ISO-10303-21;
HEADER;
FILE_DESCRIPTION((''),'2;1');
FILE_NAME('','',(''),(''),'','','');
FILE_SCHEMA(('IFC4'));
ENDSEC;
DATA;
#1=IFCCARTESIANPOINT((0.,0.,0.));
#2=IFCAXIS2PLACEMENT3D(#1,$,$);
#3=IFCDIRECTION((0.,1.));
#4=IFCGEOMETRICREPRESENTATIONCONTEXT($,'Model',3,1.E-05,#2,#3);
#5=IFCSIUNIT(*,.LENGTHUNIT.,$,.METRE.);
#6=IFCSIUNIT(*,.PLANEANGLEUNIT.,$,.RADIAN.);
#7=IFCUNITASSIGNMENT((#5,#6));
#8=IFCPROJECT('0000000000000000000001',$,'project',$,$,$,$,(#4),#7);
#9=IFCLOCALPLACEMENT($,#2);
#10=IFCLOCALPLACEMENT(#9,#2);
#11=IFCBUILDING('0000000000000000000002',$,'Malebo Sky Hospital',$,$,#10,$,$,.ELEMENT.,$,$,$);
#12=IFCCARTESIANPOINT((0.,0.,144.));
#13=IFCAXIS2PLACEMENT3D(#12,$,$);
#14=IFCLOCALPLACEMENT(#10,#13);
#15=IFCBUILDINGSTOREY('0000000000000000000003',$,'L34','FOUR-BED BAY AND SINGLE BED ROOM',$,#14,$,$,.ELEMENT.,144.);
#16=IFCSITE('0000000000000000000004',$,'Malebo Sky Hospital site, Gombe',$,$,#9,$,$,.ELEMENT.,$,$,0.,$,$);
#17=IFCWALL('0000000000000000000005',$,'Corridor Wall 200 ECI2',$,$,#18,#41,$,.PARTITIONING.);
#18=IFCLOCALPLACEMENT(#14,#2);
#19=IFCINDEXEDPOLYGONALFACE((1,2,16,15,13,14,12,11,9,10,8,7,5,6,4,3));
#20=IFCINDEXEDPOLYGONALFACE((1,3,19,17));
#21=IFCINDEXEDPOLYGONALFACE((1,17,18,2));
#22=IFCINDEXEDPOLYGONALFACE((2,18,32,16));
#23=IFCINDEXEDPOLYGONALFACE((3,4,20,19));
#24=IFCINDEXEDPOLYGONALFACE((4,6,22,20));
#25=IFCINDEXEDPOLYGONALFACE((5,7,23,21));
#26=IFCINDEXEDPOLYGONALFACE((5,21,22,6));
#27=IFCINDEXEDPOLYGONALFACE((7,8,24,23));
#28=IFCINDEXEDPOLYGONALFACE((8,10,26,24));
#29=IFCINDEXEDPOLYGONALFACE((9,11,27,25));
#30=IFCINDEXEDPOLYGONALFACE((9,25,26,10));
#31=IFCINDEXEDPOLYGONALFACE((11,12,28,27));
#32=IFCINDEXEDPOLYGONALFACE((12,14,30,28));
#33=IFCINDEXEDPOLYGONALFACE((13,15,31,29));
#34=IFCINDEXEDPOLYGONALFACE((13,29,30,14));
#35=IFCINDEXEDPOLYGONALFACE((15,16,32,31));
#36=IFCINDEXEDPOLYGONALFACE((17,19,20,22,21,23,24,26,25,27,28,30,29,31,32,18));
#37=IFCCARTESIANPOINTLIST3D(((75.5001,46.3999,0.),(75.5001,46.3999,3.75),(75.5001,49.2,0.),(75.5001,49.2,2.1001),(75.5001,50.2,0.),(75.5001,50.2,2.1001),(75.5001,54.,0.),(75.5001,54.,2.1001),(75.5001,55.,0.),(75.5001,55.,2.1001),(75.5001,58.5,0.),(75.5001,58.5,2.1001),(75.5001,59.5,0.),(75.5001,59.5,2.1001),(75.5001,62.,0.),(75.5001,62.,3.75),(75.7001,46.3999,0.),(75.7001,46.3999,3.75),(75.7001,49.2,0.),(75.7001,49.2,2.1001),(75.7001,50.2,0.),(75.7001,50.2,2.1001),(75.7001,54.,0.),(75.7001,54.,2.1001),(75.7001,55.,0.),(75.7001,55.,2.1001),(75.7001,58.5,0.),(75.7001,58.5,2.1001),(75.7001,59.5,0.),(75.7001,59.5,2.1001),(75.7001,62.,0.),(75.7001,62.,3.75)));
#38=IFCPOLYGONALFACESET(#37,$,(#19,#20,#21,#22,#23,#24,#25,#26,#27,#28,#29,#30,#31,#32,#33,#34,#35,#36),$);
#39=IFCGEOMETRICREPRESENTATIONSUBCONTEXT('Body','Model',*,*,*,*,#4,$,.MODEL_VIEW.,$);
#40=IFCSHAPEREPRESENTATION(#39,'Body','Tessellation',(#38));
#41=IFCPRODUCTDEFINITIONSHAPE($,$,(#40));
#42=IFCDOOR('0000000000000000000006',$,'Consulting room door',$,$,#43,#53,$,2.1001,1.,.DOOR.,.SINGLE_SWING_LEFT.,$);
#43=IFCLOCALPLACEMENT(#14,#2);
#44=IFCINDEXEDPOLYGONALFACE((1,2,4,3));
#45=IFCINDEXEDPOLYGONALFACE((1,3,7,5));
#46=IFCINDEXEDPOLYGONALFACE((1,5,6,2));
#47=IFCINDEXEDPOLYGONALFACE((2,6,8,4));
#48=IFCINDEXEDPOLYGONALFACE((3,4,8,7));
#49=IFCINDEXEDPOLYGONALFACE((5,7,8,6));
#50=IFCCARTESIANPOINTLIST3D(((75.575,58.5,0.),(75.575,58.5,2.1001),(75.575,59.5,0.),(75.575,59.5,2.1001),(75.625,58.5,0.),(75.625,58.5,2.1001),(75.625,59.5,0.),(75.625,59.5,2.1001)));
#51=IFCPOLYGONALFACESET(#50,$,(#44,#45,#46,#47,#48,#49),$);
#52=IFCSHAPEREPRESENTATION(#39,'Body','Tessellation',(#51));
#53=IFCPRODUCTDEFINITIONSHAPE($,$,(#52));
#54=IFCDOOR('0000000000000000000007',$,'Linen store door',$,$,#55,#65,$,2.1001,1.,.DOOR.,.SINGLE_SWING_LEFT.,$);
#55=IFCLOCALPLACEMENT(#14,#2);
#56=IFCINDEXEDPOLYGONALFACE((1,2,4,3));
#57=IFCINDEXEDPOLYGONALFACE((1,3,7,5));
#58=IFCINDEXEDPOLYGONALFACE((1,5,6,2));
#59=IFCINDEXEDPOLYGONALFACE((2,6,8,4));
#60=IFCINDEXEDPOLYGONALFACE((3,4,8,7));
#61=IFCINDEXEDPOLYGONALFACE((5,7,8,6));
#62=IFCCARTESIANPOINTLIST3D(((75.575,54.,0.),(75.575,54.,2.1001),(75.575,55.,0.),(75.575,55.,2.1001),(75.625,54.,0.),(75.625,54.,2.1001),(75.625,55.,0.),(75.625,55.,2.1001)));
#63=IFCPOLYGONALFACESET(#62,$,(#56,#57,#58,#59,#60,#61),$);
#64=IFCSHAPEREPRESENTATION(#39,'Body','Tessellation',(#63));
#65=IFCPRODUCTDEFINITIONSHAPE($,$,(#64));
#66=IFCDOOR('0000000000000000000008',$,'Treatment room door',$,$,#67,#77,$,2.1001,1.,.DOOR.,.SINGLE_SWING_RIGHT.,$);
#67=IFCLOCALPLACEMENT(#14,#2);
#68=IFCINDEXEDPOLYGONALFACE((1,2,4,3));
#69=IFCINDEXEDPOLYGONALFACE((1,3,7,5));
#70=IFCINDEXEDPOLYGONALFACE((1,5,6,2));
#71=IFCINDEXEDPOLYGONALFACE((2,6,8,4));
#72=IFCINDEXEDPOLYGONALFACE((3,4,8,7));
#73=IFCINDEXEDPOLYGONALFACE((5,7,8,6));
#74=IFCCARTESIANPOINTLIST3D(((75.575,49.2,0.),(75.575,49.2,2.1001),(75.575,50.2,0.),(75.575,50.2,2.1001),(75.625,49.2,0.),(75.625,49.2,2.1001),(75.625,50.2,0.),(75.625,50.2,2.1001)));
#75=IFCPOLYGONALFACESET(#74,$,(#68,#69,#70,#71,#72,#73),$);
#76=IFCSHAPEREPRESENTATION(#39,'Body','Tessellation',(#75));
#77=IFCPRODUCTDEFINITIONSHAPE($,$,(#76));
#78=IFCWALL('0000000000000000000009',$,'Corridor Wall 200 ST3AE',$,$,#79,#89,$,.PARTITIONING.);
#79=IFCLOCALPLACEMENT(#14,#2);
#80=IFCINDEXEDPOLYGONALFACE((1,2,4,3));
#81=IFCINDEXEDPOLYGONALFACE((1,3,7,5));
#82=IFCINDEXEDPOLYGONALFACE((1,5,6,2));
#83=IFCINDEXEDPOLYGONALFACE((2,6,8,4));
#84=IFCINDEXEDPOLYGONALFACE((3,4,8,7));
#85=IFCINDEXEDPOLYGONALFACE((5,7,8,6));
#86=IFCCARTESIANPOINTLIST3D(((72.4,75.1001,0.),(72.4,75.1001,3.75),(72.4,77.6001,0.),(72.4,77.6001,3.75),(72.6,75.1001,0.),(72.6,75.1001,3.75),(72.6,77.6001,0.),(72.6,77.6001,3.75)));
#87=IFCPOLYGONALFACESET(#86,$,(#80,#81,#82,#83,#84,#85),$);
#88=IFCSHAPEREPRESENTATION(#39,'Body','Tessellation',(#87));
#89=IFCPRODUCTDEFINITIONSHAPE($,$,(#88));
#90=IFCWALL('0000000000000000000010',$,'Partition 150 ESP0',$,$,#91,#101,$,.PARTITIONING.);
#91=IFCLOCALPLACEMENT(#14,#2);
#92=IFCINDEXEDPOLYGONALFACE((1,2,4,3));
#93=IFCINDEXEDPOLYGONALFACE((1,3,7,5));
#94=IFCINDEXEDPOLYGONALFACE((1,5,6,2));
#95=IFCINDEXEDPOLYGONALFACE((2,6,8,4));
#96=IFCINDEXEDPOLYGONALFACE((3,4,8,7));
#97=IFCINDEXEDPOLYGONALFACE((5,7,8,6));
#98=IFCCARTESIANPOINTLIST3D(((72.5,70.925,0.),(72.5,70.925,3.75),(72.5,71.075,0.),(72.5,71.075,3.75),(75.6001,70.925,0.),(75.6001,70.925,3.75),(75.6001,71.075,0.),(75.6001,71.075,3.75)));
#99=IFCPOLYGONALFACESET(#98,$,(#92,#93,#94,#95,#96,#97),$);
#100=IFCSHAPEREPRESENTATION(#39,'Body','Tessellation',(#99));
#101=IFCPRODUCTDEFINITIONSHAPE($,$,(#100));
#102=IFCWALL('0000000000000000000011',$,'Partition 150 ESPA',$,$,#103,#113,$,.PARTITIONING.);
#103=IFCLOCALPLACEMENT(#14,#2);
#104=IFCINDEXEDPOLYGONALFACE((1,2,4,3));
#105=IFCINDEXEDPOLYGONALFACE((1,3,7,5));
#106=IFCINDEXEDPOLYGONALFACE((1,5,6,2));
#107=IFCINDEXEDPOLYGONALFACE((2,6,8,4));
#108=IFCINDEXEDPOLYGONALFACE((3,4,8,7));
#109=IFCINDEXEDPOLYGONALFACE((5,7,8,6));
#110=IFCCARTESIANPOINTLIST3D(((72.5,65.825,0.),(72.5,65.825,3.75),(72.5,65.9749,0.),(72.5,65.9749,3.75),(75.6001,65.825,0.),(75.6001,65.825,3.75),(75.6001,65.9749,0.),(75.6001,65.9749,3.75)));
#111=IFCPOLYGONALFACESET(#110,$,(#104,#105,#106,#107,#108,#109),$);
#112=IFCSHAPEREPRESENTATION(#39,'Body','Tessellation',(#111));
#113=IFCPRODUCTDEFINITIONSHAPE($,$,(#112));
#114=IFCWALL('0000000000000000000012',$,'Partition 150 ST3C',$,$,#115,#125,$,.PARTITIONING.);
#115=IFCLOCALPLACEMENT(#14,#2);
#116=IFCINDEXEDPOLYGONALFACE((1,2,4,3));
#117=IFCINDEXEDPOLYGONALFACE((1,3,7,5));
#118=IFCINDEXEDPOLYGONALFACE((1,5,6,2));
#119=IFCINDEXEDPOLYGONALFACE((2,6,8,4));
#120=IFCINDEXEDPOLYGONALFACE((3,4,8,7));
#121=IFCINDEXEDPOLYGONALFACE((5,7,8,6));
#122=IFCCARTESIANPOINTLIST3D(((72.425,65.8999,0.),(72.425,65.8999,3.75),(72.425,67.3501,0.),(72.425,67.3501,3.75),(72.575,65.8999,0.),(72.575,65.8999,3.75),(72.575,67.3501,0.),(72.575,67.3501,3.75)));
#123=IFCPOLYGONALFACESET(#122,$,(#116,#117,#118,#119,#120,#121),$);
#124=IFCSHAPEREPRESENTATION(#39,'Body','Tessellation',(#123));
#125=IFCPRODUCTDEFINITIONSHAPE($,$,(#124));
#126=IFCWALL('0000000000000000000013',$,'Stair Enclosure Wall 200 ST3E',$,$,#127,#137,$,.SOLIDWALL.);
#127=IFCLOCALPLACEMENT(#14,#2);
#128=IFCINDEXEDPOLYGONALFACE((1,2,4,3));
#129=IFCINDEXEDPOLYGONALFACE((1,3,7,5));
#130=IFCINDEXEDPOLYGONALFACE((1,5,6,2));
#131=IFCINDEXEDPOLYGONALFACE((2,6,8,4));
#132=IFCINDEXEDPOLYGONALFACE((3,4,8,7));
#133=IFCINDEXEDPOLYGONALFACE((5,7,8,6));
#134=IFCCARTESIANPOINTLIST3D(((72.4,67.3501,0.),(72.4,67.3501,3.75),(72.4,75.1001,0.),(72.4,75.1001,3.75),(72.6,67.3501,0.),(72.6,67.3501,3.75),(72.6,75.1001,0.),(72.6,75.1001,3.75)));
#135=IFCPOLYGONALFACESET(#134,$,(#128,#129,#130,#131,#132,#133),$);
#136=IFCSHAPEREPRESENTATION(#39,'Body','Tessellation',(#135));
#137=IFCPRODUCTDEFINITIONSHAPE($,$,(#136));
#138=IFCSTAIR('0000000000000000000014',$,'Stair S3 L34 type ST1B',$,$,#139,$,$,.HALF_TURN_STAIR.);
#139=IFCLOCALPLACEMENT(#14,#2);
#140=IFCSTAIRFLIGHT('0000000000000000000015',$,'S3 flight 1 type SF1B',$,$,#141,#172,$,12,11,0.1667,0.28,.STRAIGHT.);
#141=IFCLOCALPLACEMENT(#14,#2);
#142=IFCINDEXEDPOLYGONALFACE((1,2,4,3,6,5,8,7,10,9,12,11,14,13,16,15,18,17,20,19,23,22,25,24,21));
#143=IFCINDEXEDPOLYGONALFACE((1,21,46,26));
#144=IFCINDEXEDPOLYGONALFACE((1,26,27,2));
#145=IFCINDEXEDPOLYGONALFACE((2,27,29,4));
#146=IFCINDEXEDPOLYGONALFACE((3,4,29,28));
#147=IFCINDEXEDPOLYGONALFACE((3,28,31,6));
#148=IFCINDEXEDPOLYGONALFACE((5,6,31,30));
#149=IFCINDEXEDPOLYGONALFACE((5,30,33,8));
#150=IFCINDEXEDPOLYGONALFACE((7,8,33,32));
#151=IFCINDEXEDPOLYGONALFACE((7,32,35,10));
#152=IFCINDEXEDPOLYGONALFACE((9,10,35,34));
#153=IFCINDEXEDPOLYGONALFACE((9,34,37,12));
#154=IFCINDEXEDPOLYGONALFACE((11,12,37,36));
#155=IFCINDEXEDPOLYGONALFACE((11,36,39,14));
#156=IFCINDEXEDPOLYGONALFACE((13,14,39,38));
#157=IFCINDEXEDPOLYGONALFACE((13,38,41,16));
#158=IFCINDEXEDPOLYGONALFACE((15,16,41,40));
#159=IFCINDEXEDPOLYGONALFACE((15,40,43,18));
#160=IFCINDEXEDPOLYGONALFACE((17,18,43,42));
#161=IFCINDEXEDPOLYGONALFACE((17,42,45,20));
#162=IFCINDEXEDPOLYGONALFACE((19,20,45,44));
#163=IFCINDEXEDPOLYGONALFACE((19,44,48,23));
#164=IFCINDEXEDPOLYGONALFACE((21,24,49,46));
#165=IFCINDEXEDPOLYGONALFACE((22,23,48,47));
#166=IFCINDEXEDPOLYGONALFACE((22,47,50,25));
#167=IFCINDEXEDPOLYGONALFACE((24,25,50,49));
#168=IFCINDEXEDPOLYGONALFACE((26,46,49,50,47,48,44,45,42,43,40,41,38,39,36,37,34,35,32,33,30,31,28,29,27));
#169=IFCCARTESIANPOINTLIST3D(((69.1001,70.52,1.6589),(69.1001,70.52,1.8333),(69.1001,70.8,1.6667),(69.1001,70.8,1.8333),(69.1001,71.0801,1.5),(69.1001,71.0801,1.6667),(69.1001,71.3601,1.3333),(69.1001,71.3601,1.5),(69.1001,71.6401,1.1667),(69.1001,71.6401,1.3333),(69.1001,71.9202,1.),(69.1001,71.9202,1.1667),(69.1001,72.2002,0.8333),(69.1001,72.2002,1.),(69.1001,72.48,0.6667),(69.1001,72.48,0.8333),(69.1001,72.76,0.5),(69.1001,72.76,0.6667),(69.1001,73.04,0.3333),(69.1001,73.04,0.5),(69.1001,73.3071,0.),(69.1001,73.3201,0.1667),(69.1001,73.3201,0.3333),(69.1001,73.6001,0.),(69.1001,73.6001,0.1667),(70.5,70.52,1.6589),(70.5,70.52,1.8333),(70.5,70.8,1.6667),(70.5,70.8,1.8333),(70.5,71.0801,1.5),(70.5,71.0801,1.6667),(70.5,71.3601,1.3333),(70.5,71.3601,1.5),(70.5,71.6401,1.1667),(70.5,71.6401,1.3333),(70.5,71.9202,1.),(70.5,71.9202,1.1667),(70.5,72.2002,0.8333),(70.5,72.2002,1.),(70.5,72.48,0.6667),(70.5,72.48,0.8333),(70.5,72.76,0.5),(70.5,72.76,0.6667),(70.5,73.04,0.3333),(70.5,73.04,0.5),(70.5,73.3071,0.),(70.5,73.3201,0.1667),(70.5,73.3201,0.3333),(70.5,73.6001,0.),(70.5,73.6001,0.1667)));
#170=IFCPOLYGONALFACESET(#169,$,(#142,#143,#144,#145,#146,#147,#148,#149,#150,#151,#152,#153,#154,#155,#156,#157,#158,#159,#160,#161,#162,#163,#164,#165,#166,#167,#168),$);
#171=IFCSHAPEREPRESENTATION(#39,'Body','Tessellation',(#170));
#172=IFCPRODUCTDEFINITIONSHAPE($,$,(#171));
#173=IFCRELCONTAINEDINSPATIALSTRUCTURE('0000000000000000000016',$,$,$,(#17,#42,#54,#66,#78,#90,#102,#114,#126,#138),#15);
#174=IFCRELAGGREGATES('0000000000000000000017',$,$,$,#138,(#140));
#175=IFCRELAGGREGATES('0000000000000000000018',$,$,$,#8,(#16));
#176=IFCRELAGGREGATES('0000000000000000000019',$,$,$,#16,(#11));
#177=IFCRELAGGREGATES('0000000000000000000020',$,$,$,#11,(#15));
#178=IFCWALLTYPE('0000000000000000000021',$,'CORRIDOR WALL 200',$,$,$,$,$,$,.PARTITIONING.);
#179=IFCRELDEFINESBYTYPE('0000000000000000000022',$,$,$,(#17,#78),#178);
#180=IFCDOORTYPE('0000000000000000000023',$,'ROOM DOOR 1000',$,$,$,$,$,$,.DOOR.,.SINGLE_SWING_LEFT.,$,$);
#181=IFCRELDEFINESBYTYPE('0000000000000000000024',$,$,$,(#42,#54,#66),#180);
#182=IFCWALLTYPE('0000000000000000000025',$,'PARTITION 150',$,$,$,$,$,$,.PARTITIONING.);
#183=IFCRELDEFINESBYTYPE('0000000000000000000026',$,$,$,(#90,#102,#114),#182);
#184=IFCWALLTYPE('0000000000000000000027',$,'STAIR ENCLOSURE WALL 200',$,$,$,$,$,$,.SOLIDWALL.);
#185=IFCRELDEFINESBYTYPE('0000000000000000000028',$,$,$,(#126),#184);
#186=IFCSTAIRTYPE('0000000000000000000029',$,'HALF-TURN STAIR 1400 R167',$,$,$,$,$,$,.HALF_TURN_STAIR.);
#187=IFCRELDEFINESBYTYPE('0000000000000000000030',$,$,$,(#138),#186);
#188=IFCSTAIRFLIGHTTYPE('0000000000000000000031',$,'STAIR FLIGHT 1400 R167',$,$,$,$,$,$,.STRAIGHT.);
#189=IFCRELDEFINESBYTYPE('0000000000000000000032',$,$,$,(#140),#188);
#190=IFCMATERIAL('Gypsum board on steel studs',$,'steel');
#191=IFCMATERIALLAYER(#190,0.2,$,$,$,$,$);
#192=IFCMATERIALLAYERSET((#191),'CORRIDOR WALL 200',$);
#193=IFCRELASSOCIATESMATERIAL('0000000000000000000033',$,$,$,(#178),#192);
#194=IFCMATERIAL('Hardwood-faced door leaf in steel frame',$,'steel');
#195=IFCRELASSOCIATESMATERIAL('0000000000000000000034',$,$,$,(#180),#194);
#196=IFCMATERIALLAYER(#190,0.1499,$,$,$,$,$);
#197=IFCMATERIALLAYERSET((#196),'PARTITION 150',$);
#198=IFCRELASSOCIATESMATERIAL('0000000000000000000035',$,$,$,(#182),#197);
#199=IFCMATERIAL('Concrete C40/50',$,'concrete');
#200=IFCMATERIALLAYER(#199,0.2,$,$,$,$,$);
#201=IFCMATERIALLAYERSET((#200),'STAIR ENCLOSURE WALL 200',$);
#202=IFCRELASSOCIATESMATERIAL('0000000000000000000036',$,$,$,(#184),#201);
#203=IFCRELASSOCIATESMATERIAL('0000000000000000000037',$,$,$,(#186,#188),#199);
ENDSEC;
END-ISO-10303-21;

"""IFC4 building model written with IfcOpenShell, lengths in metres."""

from ifc_helpers import new_model, si_unit, direction, frame, frame_2d, origin, place, context, subcontext, project, spatial, polyline, rectangle, outline, extrude, material, layer, layer_set, type_object, element, fill, aggregate, save


model = new_model("IFC4")

# Units and contexts
model_context = context("Model", 3, precision=1e-05, world=origin(), true_north=direction((0.0, 1.0)))
body_context = subcontext(model_context, "Body", "Model", "MODEL_VIEW")
ifc_project = project(units=[si_unit("LENGTHUNIT", "METRE"), si_unit("PLANEANGLEUNIT", "RADIAN")], contexts=[model_context])

# Site, building, storey
site_placement = place(None, origin())
site = spatial("IfcSite", under=ifc_project, at=site_placement, Name="Malebo Sky Hospital site, Gombe", CompositionType="ELEMENT", RefElevation=0.0)
building_placement = place(site_placement, origin())
building = spatial("IfcBuilding", under=site, at=building_placement, Name="Malebo Sky Hospital", CompositionType="ELEMENT")
storey_placement = place(building_placement, frame((0.0, 0.0, 144.0)))
storey = spatial("IfcBuildingStorey", under=building, at=storey_placement, Name="L34", Description="FOUR-BED BAY AND SINGLE BED ROOM", CompositionType="ELEMENT", Elevation=144.0)

# Wall, openings, doors
ifc_material_1 = material(Name="Gypsum board on steel studs", Category="steel")
ifc_layer_1 = layer(ifc_material_1, 0.2)
ifc_layer_set_1 = layer_set([ifc_layer_1], Name="CORRIDOR WALL 200")
wall_type_1 = type_object("IfcWallType", Name="CORRIDOR WALL 200", PredefinedType="PARTITIONING", material=ifc_layer_set_1)
wall_1_placement = place(storey_placement, frame((75.6001, 62.0, 0.0), z_axis=(0.0, 0.0, 1.0), x_axis=(0.0, -1.0, 0.0)))
wall_1 = element("IfcWall", 1, at=wall_1_placement, inside=storey, type_object=wall_type_1, Name="Corridor Wall 200 ECI2", PredefinedType="PARTITIONING", context=body_context, shape_type="SweptSolid", body=[
    extrude(rectangle(XDim=15.6001, YDim=0.2, at=frame_2d((7.8, 0.0))), origin(), (0.0, 0.0, 1.0), 3.75),
])
opening_1_placement = place(wall_1_placement, frame((2.5, 0.0, 0.0)))
opening_1 = element("IfcOpeningElement", 2, at=opening_1_placement, cuts=wall_1, PredefinedType="OPENING", context=body_context, shape_type="SweptSolid", body=[
    extrude(rectangle(XDim=1.0, YDim=2.1001, at=frame_2d((0.5, 1.05))), frame((0.0, 0.1099, 0.0), z_axis=(0.0, -1.0, 0.0), x_axis=(1.0, 0.0, 0.0)), (0.0, 0.0, 1.0), 0.22),
])
opening_2_placement = place(wall_1_placement, frame((7.0, 0.0, 0.0)))
opening_2 = element("IfcOpeningElement", 3, at=opening_2_placement, cuts=wall_1, PredefinedType="OPENING", context=body_context, shape_type="SweptSolid", body=[
    extrude(rectangle(XDim=1.0, YDim=2.1001, at=frame_2d((0.5, 1.05))), frame((0.0, 0.1099, 0.0), z_axis=(0.0, -1.0, 0.0), x_axis=(1.0, 0.0, 0.0)), (0.0, 0.0, 1.0), 0.22),
])
opening_3_placement = place(wall_1_placement, frame((11.8, 0.0, 0.0)))
opening_3 = element("IfcOpeningElement", 4, at=opening_3_placement, cuts=wall_1, PredefinedType="OPENING", context=body_context, shape_type="SweptSolid", body=[
    extrude(rectangle(XDim=1.0, YDim=2.1001, at=frame_2d((0.5, 1.05))), frame((0.0, 0.1099, 0.0), z_axis=(0.0, -1.0, 0.0), x_axis=(1.0, 0.0, 0.0)), (0.0, 0.0, 1.0), 0.22),
])
ifc_material_2 = material(Name="Hardwood-faced door leaf in steel frame", Category="steel")
door_type = type_object("IfcDoorType", Name="ROOM DOOR 1000", OperationType="SINGLE_SWING_LEFT", PredefinedType="DOOR", material=ifc_material_2)
door_1_placement = place(opening_1_placement, origin())
door_1 = element("IfcDoor", 5, at=door_1_placement, inside=storey, type_object=door_type, Name="Consulting room door", OperationType="SINGLE_SWING_LEFT", OverallHeight=2.1001, OverallWidth=1.0, PredefinedType="DOOR", context=body_context, shape_type="SweptSolid", body=[
    extrude(rectangle(XDim=1.0, YDim=2.1001, at=frame_2d((0.5, 1.05))), frame((0.0, 0.0249, 0.0), z_axis=(0.0, -1.0, 0.0), x_axis=(1.0, 0.0, 0.0)), (0.0, 0.0, 1.0), 0.05),
])
fill(opening_1, door_1)
door_2_placement = place(opening_2_placement, origin())
door_2 = element("IfcDoor", 6, at=door_2_placement, inside=storey, type_object=door_type, Name="Linen store door", OperationType="SINGLE_SWING_LEFT", OverallHeight=2.1001, OverallWidth=1.0, PredefinedType="DOOR", context=body_context, shape_type="SweptSolid", body=[
    extrude(rectangle(XDim=1.0, YDim=2.1001, at=frame_2d((0.5, 1.05))), frame((0.0, 0.0249, 0.0), z_axis=(0.0, -1.0, 0.0), x_axis=(1.0, 0.0, 0.0)), (0.0, 0.0, 1.0), 0.05),
])
fill(opening_2, door_2)
door_3_placement = place(opening_3_placement, origin())
door_3 = element("IfcDoor", 7, at=door_3_placement, inside=storey, type_object=door_type, Name="Treatment room door", OperationType="SINGLE_SWING_RIGHT", OverallHeight=2.1001, OverallWidth=1.0, PredefinedType="DOOR", context=body_context, shape_type="SweptSolid", body=[
    extrude(rectangle(XDim=1.0, YDim=2.1001, at=frame_2d((0.5, 1.05))), frame((0.0, 0.0249, 0.0), z_axis=(0.0, -1.0, 0.0), x_axis=(1.0, 0.0, 0.0)), (0.0, 0.0, 1.0), 0.05),
])
fill(opening_3, door_3)

# Walls
wall_2_placement = place(storey_placement, frame((72.5, 75.1001, 0.0), z_axis=(0.0, 0.0, 1.0), x_axis=(0.0, 1.0, 0.0)))
element("IfcWall", 8, at=wall_2_placement, inside=storey, type_object=wall_type_1, Name="Corridor Wall 200 ST3AE", PredefinedType="PARTITIONING", context=body_context, shape_type="SweptSolid", body=[
    extrude(rectangle(XDim=2.5, YDim=0.2, at=frame_2d((1.25, 0.0))), origin(), (0.0, 0.0, 1.0), 3.75),
])
ifc_layer_2 = layer(ifc_material_1, 0.1499)
ifc_layer_set_2 = layer_set([ifc_layer_2], Name="PARTITION 150")
wall_type_2 = type_object("IfcWallType", Name="PARTITION 150", PredefinedType="PARTITIONING", material=ifc_layer_set_2)
for number, where, z_axis, x_axis, name in (
    (9, (72.5, 71.0, 0.0), (0.0, 0.0, 1.0), (1.0, 0.0, 0.0), "Partition 150 ESP0"),
    (10, (72.5, 65.8999, 0.0), (0.0, 0.0, 1.0), (1.0, 0.0, 0.0), "Partition 150 ESPA"),
):
    element("IfcWall", number, at=place(storey_placement, frame(where, z_axis=z_axis, x_axis=x_axis)), inside=storey, type_object=wall_type_2, Name=name, PredefinedType="PARTITIONING", context=body_context, shape_type="SweptSolid", body=[
        extrude(rectangle(XDim=3.1001, YDim=0.1499, at=frame_2d((1.55, 0.0))), origin(), (0.0, 0.0, 1.0), 3.75),
    ])
wall_3_placement = place(storey_placement, frame((72.5, 65.8999, 0.0), z_axis=(0.0, 0.0, 1.0), x_axis=(0.0, 1.0, 0.0)))
element("IfcWall", 11, at=wall_3_placement, inside=storey, type_object=wall_type_2, Name="Partition 150 ST3C", PredefinedType="PARTITIONING", context=body_context, shape_type="SweptSolid", body=[
    extrude(rectangle(XDim=1.4502, YDim=0.1499, at=frame_2d((0.7251, 0.0))), origin(), (0.0, 0.0, 1.0), 3.75),
])
ifc_material_3 = material(Name="Concrete C40/50", Category="concrete")
ifc_layer_3 = layer(ifc_material_3, 0.2)
ifc_layer_set_3 = layer_set([ifc_layer_3], Name="STAIR ENCLOSURE WALL 200")
wall_type_3 = type_object("IfcWallType", Name="STAIR ENCLOSURE WALL 200", PredefinedType="SOLIDWALL", material=ifc_layer_set_3)
wall_4_placement = place(storey_placement, frame((72.5, 67.3501, 0.0), z_axis=(0.0, 0.0, 1.0), x_axis=(0.0, 1.0, 0.0)))
element("IfcWall", 12, at=wall_4_placement, inside=storey, type_object=wall_type_3, Name="Stair Enclosure Wall 200 ST3E", PredefinedType="SOLIDWALL", context=body_context, shape_type="SweptSolid", body=[
    extrude(rectangle(XDim=7.75, YDim=0.2, at=frame_2d((3.875, 0.0))), origin(), (0.0, 0.0, 1.0), 3.75),
])

# Stair, stair flight
stair_type = type_object("IfcStairType", Name="HALF-TURN STAIR 1400 R167", PredefinedType="HALF_TURN_STAIR", material=ifc_material_3)
stair_placement = place(storey_placement, origin())
stair = element("IfcStair", 13, at=stair_placement, inside=storey, type_object=stair_type, Name="Stair S3 L34 type ST1B", PredefinedType="HALF_TURN_STAIR")
stair_flight_type = type_object("IfcStairFlightType", Name="STAIR FLIGHT 1400 R167", PredefinedType="STRAIGHT", material=ifc_material_3)
stair_flight_1_placement = place(storey_placement, frame((69.8, 73.6001, 0.0), z_axis=(0.0, 0.0, 1.0), x_axis=(0.0, -1.0, 0.0)))
stair_flight_1 = element("IfcStairFlight", 14, at=stair_flight_1_placement, type_object=stair_flight_type, Name="S3 flight 1 type SF1B", NumberOfRisers=12, NumberOfTreads=11, PredefinedType="STRAIGHT", RiserHeight=0.1667, TreadLength=0.28, context=body_context, shape_type="SweptSolid", body=[
    extrude(outline(polyline([(0.0, 0.0), (0.0, 0.1667), (0.28, 0.1667), (0.28, 0.3333), (0.5601, 0.3333), (0.5601, 0.5), (0.8401, 0.5), (0.8401, 0.6667), (1.1201, 0.6667), (1.1201, 0.8333), (1.3999, 0.8333), (1.3999, 1.0), (1.6799, 1.0), (1.6799, 1.1667), (1.96, 1.1667), (1.96, 1.3333), (2.24, 1.3333), (2.24, 1.5), (2.52, 1.5), (2.52, 1.6667), (2.8, 1.6667), (2.8, 1.8333), (3.0801, 1.8333), (3.0801, 2.0), (3.0801, 1.6589), (0.293, 0.0), (0.0, 0.0)])), frame((0.0, 0.7, 0.0), z_axis=(0.0, -1.0, 0.0), x_axis=(1.0, 0.0, 0.0)), (0.0, 0.0, 1.0), 1.3999),
])
aggregate(stair, [stair_flight_1])

save(model, "model.ifc")
